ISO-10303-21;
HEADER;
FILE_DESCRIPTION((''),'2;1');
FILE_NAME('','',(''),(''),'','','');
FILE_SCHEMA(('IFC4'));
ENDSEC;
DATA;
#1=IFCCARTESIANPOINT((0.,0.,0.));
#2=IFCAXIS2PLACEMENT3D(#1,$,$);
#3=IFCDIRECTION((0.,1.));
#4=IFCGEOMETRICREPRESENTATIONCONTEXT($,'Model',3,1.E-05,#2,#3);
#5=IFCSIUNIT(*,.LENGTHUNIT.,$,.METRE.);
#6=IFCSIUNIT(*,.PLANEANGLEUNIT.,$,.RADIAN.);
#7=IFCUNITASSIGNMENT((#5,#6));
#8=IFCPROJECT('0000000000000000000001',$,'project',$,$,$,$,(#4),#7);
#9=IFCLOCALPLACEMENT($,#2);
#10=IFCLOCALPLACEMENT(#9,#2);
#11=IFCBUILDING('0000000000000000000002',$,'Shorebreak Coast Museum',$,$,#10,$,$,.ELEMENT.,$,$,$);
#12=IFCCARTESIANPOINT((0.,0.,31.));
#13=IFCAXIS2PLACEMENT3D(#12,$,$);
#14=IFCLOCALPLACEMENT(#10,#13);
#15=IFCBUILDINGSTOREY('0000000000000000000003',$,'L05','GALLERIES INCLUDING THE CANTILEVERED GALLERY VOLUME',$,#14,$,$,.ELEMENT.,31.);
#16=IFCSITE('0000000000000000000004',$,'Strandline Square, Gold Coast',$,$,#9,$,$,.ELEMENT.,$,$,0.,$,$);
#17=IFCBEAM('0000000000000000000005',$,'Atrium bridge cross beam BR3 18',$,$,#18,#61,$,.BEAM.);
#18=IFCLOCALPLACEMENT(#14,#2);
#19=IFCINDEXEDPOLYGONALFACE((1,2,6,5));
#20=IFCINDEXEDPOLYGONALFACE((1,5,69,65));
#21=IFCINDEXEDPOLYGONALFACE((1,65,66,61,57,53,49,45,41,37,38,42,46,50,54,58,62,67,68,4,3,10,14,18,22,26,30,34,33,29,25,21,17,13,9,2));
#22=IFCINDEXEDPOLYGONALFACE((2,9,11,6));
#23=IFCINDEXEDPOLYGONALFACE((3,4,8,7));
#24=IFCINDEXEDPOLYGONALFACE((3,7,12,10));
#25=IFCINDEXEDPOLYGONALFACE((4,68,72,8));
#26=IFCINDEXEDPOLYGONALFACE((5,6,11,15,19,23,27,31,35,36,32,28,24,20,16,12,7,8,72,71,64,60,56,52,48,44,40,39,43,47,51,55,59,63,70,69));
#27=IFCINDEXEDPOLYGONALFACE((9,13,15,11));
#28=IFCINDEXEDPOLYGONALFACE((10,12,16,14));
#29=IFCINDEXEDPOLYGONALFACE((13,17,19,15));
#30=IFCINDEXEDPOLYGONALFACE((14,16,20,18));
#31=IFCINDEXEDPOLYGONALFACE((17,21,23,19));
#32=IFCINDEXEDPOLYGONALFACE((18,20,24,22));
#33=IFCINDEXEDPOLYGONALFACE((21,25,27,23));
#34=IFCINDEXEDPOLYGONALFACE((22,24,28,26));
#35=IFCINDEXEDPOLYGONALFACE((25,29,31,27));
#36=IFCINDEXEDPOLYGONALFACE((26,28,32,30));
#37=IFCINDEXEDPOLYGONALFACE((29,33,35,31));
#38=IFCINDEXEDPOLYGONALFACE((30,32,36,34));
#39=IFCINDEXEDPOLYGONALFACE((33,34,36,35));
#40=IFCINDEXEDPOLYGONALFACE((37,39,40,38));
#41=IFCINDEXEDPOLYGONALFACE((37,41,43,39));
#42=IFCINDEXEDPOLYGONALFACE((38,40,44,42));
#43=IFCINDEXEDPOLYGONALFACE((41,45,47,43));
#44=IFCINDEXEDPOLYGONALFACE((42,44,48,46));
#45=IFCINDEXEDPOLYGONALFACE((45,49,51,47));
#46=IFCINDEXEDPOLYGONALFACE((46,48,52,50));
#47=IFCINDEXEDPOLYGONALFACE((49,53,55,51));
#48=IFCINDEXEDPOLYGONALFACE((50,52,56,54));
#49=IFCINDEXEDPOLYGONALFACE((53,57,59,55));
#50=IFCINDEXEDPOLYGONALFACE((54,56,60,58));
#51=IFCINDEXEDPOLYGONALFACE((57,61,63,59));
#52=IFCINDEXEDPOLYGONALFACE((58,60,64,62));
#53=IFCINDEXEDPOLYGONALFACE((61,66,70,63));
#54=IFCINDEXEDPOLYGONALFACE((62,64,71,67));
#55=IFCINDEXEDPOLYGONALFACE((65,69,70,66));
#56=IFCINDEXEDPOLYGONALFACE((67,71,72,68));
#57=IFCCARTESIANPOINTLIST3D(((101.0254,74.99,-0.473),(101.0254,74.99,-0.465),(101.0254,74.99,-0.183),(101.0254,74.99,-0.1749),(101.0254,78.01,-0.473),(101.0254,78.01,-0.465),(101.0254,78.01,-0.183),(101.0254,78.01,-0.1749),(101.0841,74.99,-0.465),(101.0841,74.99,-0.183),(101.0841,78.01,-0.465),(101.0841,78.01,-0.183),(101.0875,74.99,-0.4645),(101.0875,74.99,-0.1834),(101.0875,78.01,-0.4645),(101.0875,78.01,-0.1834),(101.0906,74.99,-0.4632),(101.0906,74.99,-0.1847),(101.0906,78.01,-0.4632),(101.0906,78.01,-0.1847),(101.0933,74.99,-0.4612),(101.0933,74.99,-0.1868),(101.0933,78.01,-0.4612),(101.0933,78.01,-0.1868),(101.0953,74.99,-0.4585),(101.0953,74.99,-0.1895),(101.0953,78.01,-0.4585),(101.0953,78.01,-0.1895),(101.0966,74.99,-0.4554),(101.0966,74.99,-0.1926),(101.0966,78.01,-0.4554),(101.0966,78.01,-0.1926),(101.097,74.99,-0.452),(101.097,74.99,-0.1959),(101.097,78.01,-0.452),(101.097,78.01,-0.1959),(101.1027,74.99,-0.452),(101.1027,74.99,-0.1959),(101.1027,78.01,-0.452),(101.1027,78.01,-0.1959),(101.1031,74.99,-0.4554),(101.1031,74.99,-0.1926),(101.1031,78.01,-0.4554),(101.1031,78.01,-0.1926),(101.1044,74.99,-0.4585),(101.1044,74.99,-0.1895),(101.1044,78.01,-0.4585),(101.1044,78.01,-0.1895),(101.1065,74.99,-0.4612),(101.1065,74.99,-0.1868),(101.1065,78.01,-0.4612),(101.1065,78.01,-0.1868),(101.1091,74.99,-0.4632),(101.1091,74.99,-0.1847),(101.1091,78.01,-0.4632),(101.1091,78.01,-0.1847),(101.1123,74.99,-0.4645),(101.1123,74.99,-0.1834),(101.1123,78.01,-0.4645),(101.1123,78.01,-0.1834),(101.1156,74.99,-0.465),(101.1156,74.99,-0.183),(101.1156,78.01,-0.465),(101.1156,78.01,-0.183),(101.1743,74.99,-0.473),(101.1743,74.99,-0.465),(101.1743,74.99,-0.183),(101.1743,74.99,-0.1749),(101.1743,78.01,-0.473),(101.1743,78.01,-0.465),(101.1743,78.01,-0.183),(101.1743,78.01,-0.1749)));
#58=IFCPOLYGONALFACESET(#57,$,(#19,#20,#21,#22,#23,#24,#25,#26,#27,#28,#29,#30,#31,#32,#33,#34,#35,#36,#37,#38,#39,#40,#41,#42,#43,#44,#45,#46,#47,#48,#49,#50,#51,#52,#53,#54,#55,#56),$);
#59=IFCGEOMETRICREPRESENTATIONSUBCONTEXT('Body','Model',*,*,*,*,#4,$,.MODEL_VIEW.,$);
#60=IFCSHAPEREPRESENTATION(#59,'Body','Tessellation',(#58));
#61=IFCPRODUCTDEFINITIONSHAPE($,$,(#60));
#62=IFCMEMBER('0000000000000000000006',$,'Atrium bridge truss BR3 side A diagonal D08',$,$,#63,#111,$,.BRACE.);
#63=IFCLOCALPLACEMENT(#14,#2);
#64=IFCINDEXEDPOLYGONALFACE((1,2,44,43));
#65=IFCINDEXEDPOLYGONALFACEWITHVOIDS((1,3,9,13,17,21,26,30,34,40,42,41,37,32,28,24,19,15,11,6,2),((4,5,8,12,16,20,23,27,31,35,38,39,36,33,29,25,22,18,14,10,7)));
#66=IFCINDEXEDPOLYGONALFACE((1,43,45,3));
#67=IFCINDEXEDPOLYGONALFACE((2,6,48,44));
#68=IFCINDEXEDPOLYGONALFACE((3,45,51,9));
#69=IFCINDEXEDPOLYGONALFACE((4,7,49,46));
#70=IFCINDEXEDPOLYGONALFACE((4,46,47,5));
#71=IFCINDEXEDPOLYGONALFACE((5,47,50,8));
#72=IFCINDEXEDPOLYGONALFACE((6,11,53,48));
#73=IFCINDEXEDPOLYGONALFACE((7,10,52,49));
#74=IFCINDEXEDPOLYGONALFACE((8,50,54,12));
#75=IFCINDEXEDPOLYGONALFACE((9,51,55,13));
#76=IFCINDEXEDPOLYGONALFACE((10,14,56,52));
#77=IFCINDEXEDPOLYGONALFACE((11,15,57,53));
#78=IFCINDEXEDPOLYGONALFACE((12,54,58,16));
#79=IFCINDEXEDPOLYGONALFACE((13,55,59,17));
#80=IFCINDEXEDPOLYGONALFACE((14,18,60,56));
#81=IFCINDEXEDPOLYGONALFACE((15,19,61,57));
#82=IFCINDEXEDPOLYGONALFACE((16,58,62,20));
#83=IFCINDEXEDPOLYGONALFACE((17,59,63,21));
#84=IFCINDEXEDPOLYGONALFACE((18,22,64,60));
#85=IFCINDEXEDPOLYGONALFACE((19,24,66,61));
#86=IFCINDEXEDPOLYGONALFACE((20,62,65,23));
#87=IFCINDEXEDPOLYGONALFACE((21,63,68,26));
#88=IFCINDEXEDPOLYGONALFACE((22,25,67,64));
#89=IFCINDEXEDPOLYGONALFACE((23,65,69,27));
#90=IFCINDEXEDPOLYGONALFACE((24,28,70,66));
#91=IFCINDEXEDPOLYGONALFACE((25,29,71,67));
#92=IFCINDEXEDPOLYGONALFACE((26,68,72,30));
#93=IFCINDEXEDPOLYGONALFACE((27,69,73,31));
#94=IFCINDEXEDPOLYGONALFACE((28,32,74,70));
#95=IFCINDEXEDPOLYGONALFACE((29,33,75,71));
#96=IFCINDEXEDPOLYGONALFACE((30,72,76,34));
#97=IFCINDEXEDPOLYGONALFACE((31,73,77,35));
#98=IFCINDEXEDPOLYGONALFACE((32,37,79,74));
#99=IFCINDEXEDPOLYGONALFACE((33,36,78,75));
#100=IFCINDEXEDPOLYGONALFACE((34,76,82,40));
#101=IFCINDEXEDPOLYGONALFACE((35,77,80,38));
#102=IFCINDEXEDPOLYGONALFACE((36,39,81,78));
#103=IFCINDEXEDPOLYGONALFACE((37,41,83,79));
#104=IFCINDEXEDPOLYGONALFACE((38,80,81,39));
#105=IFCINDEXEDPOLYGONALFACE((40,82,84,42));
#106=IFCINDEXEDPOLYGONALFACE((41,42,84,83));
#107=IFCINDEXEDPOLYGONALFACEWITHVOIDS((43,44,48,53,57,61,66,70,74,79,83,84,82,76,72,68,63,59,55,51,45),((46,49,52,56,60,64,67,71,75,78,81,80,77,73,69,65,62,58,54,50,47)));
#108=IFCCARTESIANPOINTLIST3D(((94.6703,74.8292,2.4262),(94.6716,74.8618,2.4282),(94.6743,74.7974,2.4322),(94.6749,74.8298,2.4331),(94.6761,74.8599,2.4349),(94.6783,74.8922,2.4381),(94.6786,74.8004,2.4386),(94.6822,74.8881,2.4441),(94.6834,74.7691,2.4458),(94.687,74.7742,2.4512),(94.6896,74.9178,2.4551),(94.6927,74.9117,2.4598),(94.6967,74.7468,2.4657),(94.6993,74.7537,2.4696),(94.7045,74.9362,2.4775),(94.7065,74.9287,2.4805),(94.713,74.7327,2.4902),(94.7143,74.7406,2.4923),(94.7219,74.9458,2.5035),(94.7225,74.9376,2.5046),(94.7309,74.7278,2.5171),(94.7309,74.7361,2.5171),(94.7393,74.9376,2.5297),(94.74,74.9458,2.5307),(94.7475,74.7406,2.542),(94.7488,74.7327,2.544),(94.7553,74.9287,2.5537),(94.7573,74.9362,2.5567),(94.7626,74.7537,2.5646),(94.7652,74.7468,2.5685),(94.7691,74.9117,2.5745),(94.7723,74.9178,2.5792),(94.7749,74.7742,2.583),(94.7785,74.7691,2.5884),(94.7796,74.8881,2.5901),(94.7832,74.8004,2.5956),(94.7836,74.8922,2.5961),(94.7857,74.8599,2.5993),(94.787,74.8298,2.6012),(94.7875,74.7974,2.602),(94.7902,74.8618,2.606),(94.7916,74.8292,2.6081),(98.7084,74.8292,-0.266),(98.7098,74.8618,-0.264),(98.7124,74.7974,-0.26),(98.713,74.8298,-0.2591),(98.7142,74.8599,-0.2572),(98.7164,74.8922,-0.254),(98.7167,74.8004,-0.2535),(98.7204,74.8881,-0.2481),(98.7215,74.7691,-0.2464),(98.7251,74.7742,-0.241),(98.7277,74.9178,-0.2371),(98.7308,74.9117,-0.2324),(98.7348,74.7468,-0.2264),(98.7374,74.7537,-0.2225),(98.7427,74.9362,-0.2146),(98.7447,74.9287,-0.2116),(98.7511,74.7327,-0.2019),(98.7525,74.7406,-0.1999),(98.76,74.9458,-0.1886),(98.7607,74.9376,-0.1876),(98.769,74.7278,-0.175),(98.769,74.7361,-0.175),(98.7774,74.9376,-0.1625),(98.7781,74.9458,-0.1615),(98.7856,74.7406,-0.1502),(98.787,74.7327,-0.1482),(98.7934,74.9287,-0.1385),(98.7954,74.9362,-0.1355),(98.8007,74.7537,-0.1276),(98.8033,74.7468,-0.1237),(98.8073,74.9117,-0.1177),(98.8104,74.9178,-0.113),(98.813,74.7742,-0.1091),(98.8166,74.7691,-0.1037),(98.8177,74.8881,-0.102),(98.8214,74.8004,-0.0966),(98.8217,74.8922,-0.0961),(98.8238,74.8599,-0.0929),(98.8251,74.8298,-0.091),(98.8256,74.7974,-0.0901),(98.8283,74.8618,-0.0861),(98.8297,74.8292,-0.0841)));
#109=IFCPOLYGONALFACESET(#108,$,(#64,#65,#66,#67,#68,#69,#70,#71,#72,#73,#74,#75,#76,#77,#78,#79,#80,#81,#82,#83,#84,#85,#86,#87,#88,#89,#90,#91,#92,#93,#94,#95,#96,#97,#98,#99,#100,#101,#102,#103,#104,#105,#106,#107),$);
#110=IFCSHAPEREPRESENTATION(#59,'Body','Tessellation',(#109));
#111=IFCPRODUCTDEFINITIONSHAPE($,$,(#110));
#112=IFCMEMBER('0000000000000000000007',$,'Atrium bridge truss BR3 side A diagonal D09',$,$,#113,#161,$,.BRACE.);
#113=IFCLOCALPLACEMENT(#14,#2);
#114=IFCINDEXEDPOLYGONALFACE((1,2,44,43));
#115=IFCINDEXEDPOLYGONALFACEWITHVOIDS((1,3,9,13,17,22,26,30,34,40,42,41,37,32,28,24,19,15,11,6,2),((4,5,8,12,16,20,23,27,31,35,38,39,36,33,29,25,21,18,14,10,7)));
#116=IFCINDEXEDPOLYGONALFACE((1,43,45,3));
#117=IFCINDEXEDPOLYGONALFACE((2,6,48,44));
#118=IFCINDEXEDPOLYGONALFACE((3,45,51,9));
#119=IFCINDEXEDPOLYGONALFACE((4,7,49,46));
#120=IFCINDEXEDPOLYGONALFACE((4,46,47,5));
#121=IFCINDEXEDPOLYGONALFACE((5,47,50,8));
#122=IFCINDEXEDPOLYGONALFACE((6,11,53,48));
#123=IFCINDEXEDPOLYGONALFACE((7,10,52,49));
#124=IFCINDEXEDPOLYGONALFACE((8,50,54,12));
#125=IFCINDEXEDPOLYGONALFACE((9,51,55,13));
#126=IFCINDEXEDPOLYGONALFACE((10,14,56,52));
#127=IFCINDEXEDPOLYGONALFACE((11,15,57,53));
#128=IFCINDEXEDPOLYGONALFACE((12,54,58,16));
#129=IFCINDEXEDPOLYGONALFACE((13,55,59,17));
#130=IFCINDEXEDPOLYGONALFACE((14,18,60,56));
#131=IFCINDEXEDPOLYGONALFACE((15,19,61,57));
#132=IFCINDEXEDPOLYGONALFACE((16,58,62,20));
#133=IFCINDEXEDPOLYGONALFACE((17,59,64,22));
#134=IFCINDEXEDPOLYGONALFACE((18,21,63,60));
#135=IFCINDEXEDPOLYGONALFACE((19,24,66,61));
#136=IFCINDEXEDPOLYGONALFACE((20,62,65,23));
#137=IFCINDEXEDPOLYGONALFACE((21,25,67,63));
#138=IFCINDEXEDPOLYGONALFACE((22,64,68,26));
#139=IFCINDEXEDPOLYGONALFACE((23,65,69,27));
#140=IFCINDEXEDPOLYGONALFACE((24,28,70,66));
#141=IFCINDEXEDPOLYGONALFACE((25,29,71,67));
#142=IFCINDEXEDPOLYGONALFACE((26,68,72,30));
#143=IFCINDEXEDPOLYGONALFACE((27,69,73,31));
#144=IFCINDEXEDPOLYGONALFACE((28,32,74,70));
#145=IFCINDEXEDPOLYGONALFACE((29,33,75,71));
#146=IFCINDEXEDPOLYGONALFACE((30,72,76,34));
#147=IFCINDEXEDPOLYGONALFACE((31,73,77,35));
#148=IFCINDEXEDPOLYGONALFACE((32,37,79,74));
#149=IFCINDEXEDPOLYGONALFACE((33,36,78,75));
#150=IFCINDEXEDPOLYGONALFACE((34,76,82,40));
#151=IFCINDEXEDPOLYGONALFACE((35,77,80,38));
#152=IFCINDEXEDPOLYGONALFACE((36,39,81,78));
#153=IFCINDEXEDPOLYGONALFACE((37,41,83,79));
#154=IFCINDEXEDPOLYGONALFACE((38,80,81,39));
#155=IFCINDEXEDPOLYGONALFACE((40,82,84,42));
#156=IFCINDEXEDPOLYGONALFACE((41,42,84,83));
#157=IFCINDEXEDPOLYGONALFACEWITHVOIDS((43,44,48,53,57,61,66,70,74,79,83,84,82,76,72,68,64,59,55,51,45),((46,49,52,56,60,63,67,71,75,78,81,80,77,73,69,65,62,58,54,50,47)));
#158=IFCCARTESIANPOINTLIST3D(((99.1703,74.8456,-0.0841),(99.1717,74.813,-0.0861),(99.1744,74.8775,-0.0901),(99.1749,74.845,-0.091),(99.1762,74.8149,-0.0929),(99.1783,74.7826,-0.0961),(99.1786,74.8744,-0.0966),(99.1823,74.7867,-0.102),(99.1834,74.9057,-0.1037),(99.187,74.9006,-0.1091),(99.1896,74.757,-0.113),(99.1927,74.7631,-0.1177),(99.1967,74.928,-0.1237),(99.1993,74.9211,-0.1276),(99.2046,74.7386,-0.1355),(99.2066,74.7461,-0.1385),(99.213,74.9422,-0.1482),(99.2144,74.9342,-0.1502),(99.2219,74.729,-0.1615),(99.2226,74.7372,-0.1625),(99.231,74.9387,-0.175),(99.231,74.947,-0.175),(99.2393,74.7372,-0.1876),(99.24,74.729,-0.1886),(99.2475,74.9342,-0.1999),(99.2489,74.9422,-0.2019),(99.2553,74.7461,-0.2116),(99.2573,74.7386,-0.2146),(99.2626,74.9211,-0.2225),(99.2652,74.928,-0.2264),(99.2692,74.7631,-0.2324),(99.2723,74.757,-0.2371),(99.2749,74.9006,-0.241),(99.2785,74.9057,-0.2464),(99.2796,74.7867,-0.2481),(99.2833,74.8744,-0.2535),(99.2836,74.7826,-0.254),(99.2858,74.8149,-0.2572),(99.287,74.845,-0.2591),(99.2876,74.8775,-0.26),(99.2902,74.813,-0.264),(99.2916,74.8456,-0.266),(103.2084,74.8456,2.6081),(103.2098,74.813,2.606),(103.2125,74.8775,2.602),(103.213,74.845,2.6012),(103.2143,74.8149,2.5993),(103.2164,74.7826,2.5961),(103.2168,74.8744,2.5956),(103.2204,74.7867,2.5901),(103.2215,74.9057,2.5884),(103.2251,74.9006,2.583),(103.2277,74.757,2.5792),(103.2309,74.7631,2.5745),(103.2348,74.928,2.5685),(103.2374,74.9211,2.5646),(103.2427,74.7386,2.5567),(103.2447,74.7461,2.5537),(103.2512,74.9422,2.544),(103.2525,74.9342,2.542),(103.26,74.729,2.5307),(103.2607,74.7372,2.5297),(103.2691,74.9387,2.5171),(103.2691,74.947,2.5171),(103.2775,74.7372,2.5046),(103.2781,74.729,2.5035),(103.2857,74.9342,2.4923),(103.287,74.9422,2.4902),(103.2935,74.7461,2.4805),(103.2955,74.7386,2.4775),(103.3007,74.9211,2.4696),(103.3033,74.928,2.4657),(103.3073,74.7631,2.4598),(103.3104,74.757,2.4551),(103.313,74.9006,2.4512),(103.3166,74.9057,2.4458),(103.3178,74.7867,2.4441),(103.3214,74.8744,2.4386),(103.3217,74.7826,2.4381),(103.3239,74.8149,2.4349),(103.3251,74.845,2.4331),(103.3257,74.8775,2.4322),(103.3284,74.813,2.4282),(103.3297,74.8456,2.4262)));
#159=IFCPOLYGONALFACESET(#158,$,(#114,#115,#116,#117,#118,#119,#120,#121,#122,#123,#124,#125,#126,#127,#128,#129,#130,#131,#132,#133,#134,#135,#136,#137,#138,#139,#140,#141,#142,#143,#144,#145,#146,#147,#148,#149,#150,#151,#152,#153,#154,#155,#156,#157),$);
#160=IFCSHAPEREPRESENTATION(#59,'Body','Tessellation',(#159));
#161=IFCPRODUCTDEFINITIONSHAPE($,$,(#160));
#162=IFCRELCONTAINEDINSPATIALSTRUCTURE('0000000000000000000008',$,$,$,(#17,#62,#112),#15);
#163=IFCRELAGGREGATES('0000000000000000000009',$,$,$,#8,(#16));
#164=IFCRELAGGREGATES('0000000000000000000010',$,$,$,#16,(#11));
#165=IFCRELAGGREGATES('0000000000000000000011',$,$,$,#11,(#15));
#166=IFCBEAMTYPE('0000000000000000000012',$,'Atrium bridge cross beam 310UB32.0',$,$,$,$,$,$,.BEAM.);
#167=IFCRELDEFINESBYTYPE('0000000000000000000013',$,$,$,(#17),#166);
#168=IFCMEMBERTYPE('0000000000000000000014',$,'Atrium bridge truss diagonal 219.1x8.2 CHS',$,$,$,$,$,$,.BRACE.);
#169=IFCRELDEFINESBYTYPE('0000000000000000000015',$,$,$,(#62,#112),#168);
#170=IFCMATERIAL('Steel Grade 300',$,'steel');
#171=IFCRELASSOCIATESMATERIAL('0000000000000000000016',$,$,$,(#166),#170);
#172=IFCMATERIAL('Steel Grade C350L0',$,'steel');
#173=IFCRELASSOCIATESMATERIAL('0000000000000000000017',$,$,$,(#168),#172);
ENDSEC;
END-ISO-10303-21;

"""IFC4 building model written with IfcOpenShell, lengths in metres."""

from ifc_helpers import new_model, si_unit, direction, frame, origin, origin_2d, place, context, subcontext, project, spatial, hollow_circle, i_section, extrude, material, material_profile, profile_set, type_object, element, save


model = new_model("IFC4")

# Units and contexts
model_context = context("Model", 3, precision=1e-05, world=origin(), true_north=direction((0.0, 1.0)))
body_context = subcontext(model_context, "Body", "Model", "MODEL_VIEW")
ifc_project = project(units=[si_unit("LENGTHUNIT", "METRE"), si_unit("PLANEANGLEUNIT", "RADIAN")], contexts=[model_context])

# Site, building, storey
site_placement = place(None, origin())
site = spatial("IfcSite", under=ifc_project, at=site_placement, Name="Strandline Square, Gold Coast", CompositionType="ELEMENT", RefElevation=0.0)
building_placement = place(site_placement, origin())
building = spatial("IfcBuilding", under=site, at=building_placement, Name="Shorebreak Coast Museum", CompositionType="ELEMENT")
storey_placement = place(building_placement, frame((0.0, 0.0, 31.0)))
storey = spatial("IfcBuildingStorey", under=building, at=storey_placement, Name="L05", Description="GALLERIES INCLUDING THE CANTILEVERED GALLERY VOLUME", CompositionType="ELEMENT", Elevation=31.0)

# Beam
ifc_material_1 = material(Name="Steel Grade 300", Category="steel")
ifc_material_profile_1 = material_profile(ifc_material_1, i_section(OverallWidth=0.1489, OverallDepth=0.2981, WebThickness=0.0056, FlangeThickness=0.0081, FilletRadius=0.0129, at=origin_2d()), Name="310UB32.0")
ifc_profile_set_1 = profile_set([ifc_material_profile_1], Name="Steel Grade 300")
beam_type_1 = type_object("IfcBeamType", Name="Atrium bridge cross beam 310UB32.0", PredefinedType="BEAM", material=ifc_profile_set_1)
for number, where, z_axis, x_axis, name in (
    (1, (101.0999, 74.99, -0.324), (0.0, 1.0, 0.0), (-1.0, 0.0, 0.0), "Atrium bridge cross beam BR3 18"),
):
    element("IfcBeam", number, at=place(storey_placement, frame(where, z_axis=z_axis, x_axis=x_axis)), inside=storey, type_object=beam_type_1, Name=name, PredefinedType="BEAM", context=body_context, shape_type="SweptSolid", body=[
        extrude(i_section(OverallWidth=0.1489, OverallDepth=0.2981, WebThickness=0.0056, FlangeThickness=0.0081, FilletRadius=0.0129, at=origin_2d()), origin(), (0.0, 0.0, 1.0), 3.02),
    ])

# Members
ifc_material_2 = material(Name="Steel Grade C350L0", Category="steel")
ifc_material_profile_2 = material_profile(ifc_material_2, hollow_circle(Radius=0.1096, WallThickness=0.0083, at=origin_2d()), Name="219.1x8.2 CHS")
ifc_profile_set_2 = profile_set([ifc_material_profile_2], Name="Steel Grade C350L0")
member_type_1 = type_object("IfcMemberType", Name="Atrium bridge truss diagonal 219.1x8.2 CHS", PredefinedType="BRACE", material=ifc_profile_set_2)
for number, where, z_axis, x_axis, name in (
    (2, (98.769, 74.8374, -0.175), (-0.832043, 0.0, 0.554712), (0.0, -1.0, 0.0), "Atrium bridge truss BR3 side A diagonal D08"),
    (3, (99.231, 74.8374, -0.175), (0.832043, 0.0, 0.554712), (0.0, 1.0, 0.0), "Atrium bridge truss BR3 side A diagonal D09"),
):
    element("IfcMember", number, at=place(storey_placement, frame(where, z_axis=z_axis, x_axis=x_axis)), inside=storey, type_object=member_type_1, Name=name, PredefinedType="BRACE", context=body_context, shape_type="SweptSolid", body=[
        extrude(hollow_circle(Radius=0.1096, WallThickness=0.0083, at=origin_2d()), origin(), (0.0, 0.0, 1.0), 4.8533),
    ])

save(model, "model.ifc")
